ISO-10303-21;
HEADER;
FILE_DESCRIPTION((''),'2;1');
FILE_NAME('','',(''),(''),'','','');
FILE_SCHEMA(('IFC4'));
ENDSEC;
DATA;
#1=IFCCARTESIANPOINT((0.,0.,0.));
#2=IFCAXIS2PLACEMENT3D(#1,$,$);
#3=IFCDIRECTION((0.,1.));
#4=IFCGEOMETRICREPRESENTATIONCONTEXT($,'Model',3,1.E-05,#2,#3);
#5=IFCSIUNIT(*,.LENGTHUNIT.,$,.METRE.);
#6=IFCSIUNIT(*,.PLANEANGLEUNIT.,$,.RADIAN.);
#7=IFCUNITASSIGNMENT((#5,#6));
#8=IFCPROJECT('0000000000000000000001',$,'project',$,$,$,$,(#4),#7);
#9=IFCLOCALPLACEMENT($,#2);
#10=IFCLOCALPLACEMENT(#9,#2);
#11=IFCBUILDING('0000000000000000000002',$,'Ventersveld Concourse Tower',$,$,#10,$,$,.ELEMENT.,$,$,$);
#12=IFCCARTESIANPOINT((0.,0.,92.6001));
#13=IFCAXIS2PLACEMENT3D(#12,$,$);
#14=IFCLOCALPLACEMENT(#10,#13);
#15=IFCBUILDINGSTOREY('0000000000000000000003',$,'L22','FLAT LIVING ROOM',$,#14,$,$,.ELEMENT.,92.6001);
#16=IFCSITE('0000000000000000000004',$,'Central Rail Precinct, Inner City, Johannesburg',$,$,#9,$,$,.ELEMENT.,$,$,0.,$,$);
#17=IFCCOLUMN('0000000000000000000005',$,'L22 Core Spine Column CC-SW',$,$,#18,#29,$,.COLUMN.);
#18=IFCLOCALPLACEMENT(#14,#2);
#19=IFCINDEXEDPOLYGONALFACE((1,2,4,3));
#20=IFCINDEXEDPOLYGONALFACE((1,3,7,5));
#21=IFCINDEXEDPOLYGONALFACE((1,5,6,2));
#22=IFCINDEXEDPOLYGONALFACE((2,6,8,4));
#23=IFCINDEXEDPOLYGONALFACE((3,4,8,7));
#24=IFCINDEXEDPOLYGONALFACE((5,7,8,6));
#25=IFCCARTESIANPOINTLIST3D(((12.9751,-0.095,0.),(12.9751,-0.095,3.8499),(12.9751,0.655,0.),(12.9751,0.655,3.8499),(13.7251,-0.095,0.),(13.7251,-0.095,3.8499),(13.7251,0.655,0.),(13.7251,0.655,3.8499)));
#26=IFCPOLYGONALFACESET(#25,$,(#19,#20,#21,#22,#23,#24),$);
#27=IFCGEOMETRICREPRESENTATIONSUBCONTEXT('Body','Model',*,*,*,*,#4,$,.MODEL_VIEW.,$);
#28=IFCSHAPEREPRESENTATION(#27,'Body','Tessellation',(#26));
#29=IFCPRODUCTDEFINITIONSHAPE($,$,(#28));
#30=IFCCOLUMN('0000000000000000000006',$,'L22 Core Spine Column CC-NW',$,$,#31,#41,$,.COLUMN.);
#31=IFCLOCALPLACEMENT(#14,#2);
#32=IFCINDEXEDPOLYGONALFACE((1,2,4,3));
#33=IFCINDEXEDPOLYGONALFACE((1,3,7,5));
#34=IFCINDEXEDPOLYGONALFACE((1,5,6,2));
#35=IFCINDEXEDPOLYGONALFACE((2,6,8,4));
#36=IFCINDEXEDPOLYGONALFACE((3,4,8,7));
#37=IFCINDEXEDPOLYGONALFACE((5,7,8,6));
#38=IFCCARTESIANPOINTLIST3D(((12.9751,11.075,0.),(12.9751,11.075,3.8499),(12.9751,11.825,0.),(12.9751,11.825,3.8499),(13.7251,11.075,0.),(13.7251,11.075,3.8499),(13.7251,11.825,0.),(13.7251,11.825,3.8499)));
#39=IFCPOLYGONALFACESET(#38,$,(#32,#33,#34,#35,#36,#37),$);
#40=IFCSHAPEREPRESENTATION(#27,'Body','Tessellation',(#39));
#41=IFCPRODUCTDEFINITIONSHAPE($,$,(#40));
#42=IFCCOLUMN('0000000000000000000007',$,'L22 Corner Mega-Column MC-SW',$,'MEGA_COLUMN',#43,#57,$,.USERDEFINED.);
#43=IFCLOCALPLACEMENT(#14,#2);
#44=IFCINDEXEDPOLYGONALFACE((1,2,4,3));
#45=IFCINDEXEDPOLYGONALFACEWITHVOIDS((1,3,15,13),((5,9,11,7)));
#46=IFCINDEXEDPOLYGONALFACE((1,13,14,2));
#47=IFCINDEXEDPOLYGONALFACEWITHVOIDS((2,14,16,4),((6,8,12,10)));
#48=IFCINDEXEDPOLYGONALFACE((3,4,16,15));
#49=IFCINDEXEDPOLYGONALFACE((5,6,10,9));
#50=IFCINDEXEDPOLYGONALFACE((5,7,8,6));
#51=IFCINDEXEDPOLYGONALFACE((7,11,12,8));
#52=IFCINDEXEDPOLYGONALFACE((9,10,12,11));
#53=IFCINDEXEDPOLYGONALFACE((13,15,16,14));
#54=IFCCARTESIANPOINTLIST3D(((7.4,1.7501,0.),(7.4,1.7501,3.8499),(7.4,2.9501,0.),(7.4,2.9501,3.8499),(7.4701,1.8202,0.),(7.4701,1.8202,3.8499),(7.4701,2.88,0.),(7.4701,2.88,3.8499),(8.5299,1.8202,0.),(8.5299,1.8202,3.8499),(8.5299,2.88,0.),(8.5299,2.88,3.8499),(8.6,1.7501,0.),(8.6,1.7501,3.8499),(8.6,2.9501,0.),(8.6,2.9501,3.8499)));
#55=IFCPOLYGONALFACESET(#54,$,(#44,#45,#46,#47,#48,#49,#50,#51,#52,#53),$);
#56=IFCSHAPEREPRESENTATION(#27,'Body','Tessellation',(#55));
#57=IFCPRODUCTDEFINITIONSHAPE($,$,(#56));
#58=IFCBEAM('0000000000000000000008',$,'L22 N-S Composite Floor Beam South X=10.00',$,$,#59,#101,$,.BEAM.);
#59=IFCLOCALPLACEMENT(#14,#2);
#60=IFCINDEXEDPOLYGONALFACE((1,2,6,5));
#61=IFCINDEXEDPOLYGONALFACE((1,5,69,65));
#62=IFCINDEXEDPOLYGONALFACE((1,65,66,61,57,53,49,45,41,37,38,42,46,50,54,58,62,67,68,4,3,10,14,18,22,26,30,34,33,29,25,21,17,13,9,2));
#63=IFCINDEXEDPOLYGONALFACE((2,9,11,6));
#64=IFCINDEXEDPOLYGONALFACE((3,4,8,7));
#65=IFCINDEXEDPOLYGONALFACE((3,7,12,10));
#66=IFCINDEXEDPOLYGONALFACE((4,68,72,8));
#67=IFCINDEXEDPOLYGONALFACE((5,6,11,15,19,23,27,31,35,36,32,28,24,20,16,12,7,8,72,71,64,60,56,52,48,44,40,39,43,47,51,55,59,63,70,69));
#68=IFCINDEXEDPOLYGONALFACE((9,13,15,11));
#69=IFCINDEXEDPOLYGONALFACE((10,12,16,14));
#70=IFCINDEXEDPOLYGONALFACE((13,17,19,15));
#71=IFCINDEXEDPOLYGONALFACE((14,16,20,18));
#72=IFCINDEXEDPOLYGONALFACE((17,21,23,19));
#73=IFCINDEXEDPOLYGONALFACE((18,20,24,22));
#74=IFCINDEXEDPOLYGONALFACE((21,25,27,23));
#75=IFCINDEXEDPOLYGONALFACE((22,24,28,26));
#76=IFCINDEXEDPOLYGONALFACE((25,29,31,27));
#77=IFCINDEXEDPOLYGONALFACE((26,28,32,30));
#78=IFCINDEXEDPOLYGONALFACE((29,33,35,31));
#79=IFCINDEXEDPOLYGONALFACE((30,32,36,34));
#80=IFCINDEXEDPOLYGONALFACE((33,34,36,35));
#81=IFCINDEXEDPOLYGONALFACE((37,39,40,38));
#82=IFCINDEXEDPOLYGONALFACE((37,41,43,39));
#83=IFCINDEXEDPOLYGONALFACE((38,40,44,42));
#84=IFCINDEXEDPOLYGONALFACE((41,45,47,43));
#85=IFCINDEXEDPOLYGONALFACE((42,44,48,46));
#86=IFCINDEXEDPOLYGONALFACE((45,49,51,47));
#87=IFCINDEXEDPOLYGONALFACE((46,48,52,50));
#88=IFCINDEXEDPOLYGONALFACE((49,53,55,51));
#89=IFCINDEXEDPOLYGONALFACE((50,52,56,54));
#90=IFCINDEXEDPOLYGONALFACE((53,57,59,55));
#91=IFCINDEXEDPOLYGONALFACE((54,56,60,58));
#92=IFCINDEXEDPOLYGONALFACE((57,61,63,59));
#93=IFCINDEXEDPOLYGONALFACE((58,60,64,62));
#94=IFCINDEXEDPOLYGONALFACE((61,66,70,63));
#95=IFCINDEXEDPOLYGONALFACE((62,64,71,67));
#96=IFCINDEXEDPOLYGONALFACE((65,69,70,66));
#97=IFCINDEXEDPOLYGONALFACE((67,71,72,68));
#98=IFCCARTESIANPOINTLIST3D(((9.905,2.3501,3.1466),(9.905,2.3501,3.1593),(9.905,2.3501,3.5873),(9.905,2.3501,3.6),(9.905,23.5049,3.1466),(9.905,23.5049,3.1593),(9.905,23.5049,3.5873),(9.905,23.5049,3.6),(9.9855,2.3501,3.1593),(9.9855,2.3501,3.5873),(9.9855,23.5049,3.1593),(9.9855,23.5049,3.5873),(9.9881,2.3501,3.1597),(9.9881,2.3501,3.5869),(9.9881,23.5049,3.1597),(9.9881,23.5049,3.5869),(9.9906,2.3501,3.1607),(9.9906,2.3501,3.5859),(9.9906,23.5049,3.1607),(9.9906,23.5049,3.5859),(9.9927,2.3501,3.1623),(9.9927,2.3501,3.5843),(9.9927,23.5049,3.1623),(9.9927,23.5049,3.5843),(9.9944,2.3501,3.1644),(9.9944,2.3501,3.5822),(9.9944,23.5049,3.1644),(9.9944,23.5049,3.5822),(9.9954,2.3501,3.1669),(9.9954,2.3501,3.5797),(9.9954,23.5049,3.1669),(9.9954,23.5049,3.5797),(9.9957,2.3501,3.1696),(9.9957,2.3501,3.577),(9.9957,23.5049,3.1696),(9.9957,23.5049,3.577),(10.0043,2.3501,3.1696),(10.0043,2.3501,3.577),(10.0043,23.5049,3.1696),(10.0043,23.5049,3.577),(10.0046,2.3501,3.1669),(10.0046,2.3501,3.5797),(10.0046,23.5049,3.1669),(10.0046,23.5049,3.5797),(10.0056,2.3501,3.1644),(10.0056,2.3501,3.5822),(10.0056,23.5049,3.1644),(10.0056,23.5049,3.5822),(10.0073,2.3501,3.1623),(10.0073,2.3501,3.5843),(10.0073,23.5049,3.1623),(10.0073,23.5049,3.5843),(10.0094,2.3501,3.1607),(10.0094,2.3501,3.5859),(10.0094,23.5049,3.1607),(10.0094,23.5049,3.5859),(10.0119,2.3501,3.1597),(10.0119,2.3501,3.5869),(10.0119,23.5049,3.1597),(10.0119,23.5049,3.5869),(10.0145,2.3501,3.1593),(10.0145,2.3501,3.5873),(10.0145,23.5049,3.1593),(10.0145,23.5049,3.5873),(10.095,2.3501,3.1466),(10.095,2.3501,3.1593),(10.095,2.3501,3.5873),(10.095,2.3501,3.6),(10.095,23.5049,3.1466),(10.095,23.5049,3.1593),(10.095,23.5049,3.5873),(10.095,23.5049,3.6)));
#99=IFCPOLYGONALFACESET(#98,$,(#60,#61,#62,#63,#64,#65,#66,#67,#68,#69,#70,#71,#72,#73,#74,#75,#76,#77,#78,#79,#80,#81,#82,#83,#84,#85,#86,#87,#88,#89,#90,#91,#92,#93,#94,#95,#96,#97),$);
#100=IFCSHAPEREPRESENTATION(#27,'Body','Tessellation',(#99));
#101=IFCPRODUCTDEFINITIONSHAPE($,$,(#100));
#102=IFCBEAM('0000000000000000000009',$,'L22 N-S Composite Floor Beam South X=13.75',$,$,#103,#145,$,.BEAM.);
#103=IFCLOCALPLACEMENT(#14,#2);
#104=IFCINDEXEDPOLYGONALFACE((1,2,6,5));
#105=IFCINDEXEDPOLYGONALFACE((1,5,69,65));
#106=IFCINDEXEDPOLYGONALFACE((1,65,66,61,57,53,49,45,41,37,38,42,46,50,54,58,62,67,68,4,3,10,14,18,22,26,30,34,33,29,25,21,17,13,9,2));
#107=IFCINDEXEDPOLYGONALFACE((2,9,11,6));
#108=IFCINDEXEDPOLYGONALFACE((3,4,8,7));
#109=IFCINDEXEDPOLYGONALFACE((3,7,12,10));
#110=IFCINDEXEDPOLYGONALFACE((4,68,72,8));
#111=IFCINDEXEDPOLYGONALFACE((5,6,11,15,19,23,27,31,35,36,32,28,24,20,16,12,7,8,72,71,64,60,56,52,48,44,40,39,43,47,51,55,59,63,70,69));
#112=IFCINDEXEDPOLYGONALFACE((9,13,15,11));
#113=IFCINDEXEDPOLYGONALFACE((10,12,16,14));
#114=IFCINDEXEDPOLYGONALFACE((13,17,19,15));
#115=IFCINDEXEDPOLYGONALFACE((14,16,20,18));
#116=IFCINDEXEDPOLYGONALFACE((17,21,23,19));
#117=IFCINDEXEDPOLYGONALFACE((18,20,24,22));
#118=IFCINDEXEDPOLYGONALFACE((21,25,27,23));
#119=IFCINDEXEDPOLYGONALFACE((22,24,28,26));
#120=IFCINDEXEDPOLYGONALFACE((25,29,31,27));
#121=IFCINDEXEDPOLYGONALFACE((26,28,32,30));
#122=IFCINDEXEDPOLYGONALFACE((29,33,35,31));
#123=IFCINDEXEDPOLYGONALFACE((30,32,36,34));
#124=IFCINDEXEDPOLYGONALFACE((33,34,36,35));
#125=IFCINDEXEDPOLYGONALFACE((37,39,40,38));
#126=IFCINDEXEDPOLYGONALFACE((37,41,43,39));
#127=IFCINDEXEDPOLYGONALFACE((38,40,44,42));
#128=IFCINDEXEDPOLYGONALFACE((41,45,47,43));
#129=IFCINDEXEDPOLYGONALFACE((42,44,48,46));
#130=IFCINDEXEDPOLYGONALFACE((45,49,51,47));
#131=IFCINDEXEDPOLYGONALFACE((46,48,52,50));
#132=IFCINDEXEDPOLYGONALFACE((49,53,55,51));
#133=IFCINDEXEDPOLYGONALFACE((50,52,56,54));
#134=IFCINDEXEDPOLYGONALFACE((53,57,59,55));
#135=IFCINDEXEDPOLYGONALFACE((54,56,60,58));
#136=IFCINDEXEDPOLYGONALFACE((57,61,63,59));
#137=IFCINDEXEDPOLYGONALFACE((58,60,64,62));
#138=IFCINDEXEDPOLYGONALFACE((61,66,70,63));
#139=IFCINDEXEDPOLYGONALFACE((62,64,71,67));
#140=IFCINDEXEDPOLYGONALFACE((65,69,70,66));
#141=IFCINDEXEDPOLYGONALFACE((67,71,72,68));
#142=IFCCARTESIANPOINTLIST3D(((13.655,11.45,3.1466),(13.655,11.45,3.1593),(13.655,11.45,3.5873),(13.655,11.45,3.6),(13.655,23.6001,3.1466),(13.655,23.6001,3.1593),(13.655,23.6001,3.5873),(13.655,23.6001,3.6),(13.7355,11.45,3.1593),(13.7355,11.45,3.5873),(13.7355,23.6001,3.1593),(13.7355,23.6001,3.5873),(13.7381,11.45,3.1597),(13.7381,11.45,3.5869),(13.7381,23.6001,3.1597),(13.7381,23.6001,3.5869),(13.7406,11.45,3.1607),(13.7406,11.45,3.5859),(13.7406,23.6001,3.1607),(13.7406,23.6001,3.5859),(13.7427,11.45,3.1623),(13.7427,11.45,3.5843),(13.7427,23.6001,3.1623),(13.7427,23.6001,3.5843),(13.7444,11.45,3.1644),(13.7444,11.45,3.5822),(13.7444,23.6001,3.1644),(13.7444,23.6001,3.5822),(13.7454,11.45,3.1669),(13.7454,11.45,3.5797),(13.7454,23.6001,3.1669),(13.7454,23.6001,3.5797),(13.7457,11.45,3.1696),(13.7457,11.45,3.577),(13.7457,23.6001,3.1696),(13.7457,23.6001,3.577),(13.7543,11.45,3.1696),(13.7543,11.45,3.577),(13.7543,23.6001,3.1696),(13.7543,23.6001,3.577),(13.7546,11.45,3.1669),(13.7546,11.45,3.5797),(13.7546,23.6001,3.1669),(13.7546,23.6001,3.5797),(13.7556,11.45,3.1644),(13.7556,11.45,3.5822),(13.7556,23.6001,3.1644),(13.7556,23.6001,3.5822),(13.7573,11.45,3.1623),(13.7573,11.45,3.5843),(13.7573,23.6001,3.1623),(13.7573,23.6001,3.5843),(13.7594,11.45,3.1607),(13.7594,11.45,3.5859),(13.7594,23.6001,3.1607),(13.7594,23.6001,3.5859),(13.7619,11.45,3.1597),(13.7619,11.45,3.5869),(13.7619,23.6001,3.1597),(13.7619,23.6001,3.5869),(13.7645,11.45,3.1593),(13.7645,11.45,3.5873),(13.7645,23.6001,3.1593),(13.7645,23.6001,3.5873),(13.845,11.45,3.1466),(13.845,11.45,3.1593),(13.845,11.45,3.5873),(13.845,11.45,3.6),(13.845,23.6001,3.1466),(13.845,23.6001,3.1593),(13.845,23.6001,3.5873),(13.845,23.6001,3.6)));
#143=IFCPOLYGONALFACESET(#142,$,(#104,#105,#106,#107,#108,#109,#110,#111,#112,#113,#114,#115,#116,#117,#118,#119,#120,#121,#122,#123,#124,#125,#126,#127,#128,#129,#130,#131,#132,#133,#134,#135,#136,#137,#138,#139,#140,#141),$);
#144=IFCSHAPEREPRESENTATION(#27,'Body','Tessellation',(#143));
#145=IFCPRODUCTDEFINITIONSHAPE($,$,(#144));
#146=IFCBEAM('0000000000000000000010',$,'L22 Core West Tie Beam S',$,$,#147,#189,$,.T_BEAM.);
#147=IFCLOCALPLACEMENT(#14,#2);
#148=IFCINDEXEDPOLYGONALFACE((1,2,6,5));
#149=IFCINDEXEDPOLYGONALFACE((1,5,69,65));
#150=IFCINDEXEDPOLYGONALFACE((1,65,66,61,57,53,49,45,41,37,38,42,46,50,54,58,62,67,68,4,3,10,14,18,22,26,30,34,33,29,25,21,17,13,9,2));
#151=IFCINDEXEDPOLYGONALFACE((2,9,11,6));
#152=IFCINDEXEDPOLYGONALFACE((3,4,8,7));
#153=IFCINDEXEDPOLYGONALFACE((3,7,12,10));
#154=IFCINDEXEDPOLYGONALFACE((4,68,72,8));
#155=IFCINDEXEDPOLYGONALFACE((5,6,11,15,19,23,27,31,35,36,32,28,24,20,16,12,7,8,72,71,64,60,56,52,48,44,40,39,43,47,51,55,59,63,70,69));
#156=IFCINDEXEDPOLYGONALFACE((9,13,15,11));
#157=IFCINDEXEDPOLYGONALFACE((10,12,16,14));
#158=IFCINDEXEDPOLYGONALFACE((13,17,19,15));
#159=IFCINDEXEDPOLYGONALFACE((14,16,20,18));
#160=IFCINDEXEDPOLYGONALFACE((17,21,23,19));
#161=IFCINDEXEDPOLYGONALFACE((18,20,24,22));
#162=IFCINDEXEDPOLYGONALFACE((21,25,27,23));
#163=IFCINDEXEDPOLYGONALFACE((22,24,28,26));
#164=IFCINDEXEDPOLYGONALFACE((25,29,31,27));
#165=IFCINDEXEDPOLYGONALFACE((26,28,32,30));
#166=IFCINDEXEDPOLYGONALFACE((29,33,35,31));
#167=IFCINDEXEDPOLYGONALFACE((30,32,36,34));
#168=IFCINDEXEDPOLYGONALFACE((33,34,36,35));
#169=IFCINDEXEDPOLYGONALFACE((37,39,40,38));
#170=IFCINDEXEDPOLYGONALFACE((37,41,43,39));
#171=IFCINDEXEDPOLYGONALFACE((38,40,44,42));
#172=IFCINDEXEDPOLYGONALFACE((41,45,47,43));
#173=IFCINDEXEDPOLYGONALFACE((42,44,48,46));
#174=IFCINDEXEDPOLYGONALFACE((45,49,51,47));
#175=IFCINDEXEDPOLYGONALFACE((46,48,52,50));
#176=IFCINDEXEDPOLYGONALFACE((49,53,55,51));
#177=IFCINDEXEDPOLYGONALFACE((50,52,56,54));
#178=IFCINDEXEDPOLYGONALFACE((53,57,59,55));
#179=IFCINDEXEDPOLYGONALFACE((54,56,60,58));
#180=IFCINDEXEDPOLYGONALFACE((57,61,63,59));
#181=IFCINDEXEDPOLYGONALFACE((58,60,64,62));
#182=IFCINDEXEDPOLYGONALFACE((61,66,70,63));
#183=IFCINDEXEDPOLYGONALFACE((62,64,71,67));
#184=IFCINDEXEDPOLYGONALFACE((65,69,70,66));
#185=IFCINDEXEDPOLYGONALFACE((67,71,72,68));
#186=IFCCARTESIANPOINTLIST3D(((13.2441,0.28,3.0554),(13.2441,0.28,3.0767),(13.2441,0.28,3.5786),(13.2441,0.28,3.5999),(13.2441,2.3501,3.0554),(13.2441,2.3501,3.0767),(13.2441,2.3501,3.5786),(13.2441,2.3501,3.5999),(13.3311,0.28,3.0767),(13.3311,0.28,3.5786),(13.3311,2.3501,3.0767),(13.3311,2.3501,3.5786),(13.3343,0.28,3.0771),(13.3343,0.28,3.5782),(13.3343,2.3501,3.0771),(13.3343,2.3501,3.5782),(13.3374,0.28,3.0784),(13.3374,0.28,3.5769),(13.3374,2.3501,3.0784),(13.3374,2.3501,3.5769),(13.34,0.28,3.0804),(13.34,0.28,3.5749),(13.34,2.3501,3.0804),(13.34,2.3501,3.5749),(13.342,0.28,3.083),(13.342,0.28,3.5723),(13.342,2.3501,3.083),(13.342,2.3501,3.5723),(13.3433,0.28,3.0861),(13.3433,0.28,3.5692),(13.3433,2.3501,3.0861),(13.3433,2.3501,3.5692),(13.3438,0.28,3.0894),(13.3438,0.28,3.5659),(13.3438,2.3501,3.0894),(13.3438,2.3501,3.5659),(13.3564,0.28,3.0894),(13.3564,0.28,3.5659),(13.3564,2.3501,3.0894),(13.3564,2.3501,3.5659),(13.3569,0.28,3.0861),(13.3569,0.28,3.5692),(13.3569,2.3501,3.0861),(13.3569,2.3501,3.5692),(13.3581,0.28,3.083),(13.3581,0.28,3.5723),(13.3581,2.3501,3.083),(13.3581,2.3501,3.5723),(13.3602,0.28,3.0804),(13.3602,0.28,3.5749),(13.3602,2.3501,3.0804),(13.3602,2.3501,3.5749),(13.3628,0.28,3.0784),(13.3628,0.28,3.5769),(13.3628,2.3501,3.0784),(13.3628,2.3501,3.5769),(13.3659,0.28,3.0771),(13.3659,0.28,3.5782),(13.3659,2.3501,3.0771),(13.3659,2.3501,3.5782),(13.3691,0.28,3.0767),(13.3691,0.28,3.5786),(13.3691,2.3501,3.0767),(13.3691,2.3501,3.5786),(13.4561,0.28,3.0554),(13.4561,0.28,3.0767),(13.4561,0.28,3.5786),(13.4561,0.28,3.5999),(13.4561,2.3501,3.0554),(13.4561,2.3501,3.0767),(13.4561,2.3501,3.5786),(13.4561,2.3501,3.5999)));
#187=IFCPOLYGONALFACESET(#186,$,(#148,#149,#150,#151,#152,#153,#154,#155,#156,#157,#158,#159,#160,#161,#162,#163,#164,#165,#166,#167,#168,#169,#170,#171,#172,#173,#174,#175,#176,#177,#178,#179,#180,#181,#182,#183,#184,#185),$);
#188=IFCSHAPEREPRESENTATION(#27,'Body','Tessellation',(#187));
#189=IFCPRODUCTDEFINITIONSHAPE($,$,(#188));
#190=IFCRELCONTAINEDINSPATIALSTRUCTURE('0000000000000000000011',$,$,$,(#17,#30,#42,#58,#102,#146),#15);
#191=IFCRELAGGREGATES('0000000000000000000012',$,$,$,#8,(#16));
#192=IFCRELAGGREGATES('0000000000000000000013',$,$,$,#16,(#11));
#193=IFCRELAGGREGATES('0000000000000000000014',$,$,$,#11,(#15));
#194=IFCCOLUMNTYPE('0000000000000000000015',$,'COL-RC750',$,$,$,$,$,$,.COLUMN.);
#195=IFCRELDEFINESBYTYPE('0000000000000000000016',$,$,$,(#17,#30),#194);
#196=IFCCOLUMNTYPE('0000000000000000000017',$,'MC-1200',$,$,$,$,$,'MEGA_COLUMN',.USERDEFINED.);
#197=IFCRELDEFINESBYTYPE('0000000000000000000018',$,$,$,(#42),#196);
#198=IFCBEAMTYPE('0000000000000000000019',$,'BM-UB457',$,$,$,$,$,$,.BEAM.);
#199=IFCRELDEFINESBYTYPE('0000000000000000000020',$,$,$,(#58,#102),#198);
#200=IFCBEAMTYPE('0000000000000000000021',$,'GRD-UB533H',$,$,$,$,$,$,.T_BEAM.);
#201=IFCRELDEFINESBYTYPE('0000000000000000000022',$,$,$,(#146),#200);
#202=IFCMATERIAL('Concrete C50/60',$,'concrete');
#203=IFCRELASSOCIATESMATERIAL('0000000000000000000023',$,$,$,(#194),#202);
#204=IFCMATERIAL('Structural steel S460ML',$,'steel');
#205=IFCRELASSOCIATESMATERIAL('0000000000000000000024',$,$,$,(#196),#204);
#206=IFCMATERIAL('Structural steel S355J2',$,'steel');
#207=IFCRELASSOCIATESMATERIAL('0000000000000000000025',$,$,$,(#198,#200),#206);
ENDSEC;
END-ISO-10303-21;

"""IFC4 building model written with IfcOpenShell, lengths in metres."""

from ifc_helpers import new_model, si_unit, direction, frame, origin, origin_2d, place, context, subcontext, project, spatial, rectangle, hollow_rectangle, i_section, extrude, material, material_profile, profile_set, type_object, element, save


model = new_model("IFC4")

# Units and contexts
model_context = context("Model", 3, precision=1e-05, world=origin(), true_north=direction((0.0, 1.0)))
body_context = subcontext(model_context, "Body", "Model", "MODEL_VIEW")
ifc_project = project(units=[si_unit("LENGTHUNIT", "METRE"), si_unit("PLANEANGLEUNIT", "RADIAN")], contexts=[model_context])

# Site, building, storey
site_placement = place(None, origin())
site = spatial("IfcSite", under=ifc_project, at=site_placement, Name="Central Rail Precinct, Inner City, Johannesburg", CompositionType="ELEMENT", RefElevation=0.0)
building_placement = place(site_placement, origin())
building = spatial("IfcBuilding", under=site, at=building_placement, Name="Ventersveld Concourse Tower", CompositionType="ELEMENT")
storey_placement = place(building_placement, frame((0.0, 0.0, 92.6001)))
storey = spatial("IfcBuildingStorey", under=building, at=storey_placement, Name="L22", Description="FLAT LIVING ROOM", CompositionType="ELEMENT", Elevation=92.6001)

# Columns
ifc_material_1 = material(Name="Concrete C50/60", Category="concrete")
ifc_material_profile_1 = material_profile(ifc_material_1, rectangle(XDim=0.75, YDim=0.75, at=origin_2d()), Name="RC 750x750")
ifc_profile_set_1 = profile_set([ifc_material_profile_1], Name="Concrete C50/60")
column_type_1 = type_object("IfcColumnType", Name="COL-RC750", PredefinedType="COLUMN", material=ifc_profile_set_1)
for number, where, z_axis, x_axis, name in (
    (1, (13.3501, 0.28, 0.0), (0.0, 0.0, 1.0), (1.0, 0.0, 0.0), "L22 Core Spine Column CC-SW"),
    (2, (13.3501, 11.45, 0.0), (0.0, 0.0, 1.0), (1.0, 0.0, 0.0), "L22 Core Spine Column CC-NW"),
):
    element("IfcColumn", number, at=place(storey_placement, frame(where, z_axis=z_axis, x_axis=x_axis)), inside=storey, type_object=column_type_1, Name=name, PredefinedType="COLUMN", context=body_context, shape_type="SweptSolid", body=[
        extrude(rectangle(XDim=0.75, YDim=0.75, at=origin_2d()), origin(), (0.0, 0.0, 1.0), 3.8499),
    ])
ifc_material_2 = material(Name="Structural steel S460ML", Category="steel")
ifc_material_profile_2 = material_profile(ifc_material_2, hollow_rectangle(XDim=1.2, YDim=1.2, WallThickness=0.0701, at=origin_2d()), Name="BOX 1200x1200x70")
ifc_profile_set_2 = profile_set([ifc_material_profile_2], Name="Structural steel S460ML")
column_type_2 = type_object("IfcColumnType", Name="MC-1200", ElementType="MEGA_COLUMN", PredefinedType="USERDEFINED", material=ifc_profile_set_2)
column_placement = place(storey_placement, frame((8.0, 2.3501, 0.0), z_axis=(0.0, 0.0, 1.0), x_axis=(1.0, 0.0, 0.0)))
element("IfcColumn", 3, at=column_placement, inside=storey, type_object=column_type_2, Name="L22 Corner Mega-Column MC-SW", ObjectType="MEGA_COLUMN", PredefinedType="USERDEFINED", context=body_context, shape_type="SweptSolid", body=[
    extrude(hollow_rectangle(XDim=1.2, YDim=1.2, WallThickness=0.0701, at=origin_2d()), origin(), (0.0, 0.0, 1.0), 3.8499),
])

# Beams
ifc_material_3 = material(Name="Structural steel S355J2", Category="steel")
ifc_material_profile_3 = material_profile(ifc_material_3, i_section(OverallWidth=0.1899, OverallDepth=0.4534, WebThickness=0.0085, FlangeThickness=0.0127, FilletRadius=0.0103, at=origin_2d()), Name="UB 457x191x67")
ifc_profile_set_3 = profile_set([ifc_material_profile_3], Name="Structural steel S355J2")
beam_type_1 = type_object("IfcBeamType", Name="BM-UB457", PredefinedType="BEAM", material=ifc_profile_set_3)
beam_1_placement = place(storey_placement, frame((10.0, 2.3501, 3.3733), z_axis=(0.0, 1.0, 0.0), x_axis=(-1.0, 0.0, 0.0)))
element("IfcBeam", 4, at=beam_1_placement, inside=storey, type_object=beam_type_1, Name="L22 N-S Composite Floor Beam South X=10.00", PredefinedType="BEAM", context=body_context, shape_type="SweptSolid", body=[
    extrude(i_section(OverallWidth=0.1899, OverallDepth=0.4534, WebThickness=0.0085, FlangeThickness=0.0127, FilletRadius=0.0103, at=origin_2d()), origin(), (0.0, 0.0, 1.0), 21.1548),
])
beam_2_placement = place(storey_placement, frame((13.75, 11.45, 3.3733), z_axis=(0.0, 1.0, 0.0), x_axis=(-1.0, 0.0, 0.0)))
element("IfcBeam", 5, at=beam_2_placement, inside=storey, type_object=beam_type_1, Name="L22 N-S Composite Floor Beam South X=13.75", PredefinedType="BEAM", context=body_context, shape_type="SweptSolid", body=[
    extrude(i_section(OverallWidth=0.1899, OverallDepth=0.4534, WebThickness=0.0085, FlangeThickness=0.0127, FilletRadius=0.0103, at=origin_2d()), origin(), (0.0, 0.0, 1.0), 12.1501),
])
ifc_material_profile_4 = material_profile(ifc_material_3, i_section(OverallWidth=0.2119, OverallDepth=0.5444, WebThickness=0.0127, FlangeThickness=0.0212, FilletRadius=0.0127, at=origin_2d()), Name="UB 533x210x122")
ifc_profile_set_4 = profile_set([ifc_material_profile_4], Name="Structural steel S355J2")
beam_type_2 = type_object("IfcBeamType", Name="GRD-UB533H", PredefinedType="T_BEAM", material=ifc_profile_set_4)
beam_3_placement = place(storey_placement, frame((13.3501, 0.28, 3.3276), z_axis=(0.0, 1.0, 0.0), x_axis=(-1.0, 0.0, 0.0)))
element("IfcBeam", 6, at=beam_3_placement, inside=storey, type_object=beam_type_2, Name="L22 Core West Tie Beam S", PredefinedType="T_BEAM", context=body_context, shape_type="SweptSolid", body=[
    extrude(i_section(OverallWidth=0.2119, OverallDepth=0.5444, WebThickness=0.0127, FlangeThickness=0.0212, FilletRadius=0.0127, at=origin_2d()), origin(), (0.0, 0.0, 1.0), 2.0701),
])

save(model, "model.ifc")
